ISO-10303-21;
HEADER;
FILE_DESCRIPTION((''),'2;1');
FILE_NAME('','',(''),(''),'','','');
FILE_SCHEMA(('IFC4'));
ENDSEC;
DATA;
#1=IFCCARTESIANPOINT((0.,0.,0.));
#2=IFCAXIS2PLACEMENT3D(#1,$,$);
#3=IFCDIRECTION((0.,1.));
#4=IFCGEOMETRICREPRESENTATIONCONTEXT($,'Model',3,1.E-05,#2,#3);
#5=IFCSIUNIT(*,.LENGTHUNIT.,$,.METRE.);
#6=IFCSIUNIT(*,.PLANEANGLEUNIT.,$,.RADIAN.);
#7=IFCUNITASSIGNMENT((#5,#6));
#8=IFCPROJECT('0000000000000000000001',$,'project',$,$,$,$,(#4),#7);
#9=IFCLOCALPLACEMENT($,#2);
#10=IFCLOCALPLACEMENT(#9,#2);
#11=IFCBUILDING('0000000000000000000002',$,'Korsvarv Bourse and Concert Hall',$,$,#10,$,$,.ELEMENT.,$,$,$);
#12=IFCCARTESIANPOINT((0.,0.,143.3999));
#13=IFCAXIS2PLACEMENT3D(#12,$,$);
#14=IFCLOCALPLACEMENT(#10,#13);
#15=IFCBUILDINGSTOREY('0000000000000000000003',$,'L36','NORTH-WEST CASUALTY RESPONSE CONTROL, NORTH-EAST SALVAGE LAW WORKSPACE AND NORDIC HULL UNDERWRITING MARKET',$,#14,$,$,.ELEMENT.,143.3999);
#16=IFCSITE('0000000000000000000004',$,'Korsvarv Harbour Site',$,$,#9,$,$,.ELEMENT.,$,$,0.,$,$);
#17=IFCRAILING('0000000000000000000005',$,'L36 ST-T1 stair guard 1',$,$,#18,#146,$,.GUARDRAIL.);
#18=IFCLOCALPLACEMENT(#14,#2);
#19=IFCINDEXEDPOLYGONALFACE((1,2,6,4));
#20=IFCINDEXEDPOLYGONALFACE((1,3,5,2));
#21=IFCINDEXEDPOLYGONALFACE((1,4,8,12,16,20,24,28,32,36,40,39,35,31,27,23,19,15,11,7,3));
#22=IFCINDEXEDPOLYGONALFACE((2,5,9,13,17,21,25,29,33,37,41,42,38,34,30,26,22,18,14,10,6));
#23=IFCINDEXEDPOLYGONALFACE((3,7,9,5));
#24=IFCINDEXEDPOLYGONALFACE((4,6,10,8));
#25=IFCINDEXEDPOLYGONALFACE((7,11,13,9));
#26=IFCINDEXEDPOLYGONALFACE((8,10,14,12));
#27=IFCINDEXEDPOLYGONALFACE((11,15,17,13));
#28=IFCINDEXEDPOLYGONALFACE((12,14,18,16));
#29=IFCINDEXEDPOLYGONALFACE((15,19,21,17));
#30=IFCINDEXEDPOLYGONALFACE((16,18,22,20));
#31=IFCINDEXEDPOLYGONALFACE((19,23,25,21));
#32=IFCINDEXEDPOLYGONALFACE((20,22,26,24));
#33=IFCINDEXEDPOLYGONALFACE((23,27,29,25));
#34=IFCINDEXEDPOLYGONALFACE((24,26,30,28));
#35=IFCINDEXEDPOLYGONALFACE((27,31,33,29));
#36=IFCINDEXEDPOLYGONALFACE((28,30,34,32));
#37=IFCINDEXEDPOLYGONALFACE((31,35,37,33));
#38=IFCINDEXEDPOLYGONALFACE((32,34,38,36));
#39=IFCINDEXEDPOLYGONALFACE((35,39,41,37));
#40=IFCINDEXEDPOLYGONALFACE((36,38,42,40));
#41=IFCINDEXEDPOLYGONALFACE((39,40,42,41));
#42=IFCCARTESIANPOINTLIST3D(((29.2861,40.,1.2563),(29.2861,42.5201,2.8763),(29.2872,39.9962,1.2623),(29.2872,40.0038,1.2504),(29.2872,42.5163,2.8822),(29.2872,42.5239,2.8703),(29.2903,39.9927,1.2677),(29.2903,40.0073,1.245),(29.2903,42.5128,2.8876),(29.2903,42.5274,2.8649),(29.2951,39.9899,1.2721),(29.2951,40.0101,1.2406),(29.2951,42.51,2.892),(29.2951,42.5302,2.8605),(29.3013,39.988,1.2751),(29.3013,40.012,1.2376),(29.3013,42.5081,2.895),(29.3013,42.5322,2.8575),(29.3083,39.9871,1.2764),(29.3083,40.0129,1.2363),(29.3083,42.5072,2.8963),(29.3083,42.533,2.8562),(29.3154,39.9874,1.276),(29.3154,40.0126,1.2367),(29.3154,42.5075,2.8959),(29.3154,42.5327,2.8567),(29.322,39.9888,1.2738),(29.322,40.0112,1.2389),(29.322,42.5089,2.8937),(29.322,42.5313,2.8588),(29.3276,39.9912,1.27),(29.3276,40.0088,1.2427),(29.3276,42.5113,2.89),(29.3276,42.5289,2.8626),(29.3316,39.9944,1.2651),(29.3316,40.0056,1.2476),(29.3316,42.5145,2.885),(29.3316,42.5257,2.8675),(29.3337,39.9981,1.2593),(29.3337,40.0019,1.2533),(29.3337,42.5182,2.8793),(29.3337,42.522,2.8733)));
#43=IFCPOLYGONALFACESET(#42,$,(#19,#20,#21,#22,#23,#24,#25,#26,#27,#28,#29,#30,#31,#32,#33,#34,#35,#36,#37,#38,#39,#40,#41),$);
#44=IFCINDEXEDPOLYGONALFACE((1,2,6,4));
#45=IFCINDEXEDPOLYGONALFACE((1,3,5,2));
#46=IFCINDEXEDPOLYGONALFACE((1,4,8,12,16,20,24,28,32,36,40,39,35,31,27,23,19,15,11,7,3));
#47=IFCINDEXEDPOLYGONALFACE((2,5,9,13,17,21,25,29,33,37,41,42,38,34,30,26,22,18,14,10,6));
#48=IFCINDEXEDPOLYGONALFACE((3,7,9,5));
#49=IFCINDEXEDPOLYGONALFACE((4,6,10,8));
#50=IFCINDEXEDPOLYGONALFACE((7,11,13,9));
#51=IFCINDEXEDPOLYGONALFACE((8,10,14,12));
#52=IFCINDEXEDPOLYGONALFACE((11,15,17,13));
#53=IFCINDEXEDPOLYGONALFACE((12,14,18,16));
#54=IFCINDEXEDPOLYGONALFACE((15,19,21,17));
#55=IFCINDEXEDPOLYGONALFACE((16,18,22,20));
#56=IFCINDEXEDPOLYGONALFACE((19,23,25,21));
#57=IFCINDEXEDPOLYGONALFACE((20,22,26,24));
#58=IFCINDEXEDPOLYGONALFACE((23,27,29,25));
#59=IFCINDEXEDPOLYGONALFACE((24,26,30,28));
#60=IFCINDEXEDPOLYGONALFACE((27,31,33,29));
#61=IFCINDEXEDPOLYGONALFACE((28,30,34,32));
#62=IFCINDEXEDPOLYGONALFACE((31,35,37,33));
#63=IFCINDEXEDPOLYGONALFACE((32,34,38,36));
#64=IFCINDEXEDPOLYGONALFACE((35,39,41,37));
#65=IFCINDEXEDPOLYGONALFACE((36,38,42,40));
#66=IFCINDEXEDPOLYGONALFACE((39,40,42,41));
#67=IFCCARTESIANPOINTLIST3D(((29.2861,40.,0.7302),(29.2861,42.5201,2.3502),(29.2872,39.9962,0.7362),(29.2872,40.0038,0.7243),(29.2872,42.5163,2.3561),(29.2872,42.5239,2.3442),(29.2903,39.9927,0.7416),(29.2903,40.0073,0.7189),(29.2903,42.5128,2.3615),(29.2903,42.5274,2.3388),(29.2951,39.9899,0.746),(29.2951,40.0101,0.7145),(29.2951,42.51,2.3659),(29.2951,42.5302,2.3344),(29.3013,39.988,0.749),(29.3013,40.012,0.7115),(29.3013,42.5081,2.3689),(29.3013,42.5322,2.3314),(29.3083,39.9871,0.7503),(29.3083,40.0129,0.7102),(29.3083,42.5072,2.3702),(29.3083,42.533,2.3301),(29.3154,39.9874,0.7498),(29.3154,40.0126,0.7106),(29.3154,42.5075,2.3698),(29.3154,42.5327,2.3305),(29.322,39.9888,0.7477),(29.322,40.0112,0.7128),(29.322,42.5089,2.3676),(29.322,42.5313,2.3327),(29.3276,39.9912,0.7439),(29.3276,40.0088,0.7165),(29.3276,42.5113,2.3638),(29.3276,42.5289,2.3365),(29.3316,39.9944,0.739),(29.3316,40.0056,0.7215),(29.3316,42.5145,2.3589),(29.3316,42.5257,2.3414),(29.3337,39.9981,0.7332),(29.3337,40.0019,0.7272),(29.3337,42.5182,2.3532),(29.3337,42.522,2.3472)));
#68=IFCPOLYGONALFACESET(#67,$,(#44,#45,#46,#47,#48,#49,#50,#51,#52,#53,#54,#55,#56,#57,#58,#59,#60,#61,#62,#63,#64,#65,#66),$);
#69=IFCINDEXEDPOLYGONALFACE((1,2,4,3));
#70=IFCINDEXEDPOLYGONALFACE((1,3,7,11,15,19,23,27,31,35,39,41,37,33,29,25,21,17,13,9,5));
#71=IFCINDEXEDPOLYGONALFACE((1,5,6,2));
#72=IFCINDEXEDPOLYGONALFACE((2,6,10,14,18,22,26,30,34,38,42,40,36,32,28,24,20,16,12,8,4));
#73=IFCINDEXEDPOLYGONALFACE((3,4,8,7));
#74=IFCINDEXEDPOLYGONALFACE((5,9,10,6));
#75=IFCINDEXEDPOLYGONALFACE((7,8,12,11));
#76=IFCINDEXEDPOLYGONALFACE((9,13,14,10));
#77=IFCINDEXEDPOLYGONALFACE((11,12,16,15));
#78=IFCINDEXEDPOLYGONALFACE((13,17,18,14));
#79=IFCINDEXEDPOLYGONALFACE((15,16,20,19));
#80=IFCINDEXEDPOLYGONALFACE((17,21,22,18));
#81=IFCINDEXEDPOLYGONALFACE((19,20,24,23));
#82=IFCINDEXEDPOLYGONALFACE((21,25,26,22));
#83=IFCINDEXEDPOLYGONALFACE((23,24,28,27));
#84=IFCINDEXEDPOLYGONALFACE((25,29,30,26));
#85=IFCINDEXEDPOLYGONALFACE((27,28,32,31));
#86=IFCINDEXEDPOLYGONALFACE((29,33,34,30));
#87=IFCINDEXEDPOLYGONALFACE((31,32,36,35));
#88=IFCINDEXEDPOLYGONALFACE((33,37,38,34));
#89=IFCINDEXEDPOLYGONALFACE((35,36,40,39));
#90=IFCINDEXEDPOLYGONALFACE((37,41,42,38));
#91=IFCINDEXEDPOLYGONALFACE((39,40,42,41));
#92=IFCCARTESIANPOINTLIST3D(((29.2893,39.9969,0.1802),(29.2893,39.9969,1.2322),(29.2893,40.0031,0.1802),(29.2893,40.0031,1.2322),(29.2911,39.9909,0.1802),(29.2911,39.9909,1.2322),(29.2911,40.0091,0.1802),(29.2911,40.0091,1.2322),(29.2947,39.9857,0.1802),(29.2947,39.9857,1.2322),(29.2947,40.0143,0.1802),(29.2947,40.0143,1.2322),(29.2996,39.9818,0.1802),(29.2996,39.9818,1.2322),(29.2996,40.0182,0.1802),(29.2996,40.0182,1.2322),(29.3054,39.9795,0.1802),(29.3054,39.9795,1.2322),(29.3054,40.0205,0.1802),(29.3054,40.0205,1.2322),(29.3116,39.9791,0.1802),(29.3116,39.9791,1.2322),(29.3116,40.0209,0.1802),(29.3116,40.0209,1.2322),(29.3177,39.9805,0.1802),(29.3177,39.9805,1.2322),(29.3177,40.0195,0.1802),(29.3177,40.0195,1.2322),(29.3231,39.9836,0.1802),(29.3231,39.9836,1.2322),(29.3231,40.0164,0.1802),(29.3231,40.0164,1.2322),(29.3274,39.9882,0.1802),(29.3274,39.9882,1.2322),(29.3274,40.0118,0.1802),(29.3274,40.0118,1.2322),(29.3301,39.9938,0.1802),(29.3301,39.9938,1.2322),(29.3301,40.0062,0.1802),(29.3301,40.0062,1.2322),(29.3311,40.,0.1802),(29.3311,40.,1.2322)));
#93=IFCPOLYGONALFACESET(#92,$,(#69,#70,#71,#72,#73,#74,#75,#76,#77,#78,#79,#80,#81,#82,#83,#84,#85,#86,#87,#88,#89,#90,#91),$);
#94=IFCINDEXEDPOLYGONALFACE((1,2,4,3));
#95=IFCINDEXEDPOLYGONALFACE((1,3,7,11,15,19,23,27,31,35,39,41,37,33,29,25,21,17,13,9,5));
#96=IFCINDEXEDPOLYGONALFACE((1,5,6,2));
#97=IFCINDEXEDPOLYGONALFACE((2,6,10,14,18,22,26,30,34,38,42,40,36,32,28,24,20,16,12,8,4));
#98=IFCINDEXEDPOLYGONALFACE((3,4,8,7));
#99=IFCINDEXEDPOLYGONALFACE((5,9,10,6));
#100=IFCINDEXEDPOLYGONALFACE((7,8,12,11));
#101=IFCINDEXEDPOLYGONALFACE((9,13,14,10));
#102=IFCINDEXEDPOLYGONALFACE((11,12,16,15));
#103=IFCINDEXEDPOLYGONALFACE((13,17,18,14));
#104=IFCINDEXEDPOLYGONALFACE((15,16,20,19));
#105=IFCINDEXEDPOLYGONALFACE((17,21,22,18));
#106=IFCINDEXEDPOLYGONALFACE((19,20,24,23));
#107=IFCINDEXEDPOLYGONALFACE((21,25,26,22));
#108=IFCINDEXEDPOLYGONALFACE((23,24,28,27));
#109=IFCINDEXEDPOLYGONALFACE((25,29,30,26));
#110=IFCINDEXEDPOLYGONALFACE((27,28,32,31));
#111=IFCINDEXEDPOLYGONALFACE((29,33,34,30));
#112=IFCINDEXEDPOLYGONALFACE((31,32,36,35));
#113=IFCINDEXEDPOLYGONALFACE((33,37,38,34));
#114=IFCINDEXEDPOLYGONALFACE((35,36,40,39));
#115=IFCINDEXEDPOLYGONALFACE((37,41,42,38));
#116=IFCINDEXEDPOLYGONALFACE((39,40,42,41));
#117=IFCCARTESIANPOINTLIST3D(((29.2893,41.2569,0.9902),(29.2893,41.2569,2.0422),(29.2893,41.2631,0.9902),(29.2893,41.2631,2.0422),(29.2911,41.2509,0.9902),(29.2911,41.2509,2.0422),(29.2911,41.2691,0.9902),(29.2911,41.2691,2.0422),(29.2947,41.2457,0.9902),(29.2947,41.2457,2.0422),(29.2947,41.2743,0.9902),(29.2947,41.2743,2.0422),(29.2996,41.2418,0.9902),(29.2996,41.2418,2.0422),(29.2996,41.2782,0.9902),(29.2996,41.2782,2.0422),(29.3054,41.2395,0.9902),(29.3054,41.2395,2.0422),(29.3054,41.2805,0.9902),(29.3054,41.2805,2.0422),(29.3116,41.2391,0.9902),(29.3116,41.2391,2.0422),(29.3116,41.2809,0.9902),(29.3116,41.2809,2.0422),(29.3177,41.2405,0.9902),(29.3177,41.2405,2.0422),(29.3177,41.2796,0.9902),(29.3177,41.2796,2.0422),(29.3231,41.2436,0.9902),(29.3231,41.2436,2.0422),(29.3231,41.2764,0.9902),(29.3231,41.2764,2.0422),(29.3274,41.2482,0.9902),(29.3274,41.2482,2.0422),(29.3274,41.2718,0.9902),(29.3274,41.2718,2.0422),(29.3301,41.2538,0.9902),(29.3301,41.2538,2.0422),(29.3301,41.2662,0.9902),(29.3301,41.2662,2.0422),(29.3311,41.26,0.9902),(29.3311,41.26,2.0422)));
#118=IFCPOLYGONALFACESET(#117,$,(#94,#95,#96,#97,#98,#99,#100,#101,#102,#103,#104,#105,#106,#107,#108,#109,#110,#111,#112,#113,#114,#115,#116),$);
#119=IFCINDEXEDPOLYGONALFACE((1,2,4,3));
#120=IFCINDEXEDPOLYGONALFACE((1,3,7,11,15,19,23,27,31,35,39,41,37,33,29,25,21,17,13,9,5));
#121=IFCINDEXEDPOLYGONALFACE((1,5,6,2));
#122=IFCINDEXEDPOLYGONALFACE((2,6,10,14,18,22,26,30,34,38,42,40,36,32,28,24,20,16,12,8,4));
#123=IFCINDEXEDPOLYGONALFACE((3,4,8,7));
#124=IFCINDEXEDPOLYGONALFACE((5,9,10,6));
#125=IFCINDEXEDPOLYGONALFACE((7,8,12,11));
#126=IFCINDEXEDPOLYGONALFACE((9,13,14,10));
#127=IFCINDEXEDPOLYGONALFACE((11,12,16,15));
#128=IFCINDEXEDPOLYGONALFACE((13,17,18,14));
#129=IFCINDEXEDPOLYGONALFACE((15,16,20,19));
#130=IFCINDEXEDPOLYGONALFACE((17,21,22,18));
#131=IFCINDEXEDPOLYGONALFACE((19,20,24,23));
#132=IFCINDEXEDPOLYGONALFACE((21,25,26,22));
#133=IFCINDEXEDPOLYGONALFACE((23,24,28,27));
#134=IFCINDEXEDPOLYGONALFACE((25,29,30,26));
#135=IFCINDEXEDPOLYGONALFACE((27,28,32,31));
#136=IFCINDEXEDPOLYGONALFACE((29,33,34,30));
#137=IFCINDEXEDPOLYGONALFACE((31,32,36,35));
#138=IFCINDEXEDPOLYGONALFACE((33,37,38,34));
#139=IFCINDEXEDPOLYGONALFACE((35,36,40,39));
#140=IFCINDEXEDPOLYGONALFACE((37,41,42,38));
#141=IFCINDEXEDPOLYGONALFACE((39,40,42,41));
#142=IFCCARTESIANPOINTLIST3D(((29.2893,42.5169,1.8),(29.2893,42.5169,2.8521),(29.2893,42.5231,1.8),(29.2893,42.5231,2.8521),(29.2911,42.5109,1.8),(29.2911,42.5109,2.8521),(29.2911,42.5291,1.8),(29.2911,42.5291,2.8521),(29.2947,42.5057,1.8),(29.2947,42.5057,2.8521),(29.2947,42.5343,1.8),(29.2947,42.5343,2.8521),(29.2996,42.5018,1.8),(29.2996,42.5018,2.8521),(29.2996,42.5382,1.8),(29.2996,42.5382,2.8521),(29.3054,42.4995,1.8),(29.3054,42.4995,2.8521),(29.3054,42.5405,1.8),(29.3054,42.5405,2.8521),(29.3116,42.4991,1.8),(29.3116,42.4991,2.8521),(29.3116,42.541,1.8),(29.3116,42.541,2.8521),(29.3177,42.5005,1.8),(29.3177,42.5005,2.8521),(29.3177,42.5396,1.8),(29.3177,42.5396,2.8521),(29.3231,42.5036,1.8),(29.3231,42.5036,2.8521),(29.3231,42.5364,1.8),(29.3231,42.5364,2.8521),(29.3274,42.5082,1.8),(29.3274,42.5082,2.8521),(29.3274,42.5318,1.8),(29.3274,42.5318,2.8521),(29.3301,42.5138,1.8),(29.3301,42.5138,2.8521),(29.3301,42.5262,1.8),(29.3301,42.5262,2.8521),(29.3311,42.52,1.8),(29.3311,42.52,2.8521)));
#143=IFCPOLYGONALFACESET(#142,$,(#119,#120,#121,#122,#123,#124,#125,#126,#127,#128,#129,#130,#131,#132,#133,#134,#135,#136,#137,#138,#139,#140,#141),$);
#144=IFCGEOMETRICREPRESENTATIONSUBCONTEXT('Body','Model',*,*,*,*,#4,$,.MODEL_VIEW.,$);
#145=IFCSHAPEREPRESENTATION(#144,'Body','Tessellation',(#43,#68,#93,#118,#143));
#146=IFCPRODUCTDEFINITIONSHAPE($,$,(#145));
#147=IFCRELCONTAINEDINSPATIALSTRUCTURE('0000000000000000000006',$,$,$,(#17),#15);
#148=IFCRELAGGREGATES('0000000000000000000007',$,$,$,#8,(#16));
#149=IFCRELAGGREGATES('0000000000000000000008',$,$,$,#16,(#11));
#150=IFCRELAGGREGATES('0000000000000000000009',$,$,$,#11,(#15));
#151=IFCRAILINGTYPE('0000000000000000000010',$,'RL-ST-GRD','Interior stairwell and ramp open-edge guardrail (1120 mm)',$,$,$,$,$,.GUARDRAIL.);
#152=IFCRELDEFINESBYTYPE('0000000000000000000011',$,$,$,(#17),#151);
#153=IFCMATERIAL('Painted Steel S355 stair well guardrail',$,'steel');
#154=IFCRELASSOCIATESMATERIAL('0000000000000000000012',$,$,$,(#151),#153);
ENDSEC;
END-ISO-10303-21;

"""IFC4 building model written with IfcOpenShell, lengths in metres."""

from ifc_helpers import new_model, si_unit, direction, frame, origin, origin_2d, place, context, subcontext, project, spatial, circle, extrude, material, type_object, element, save


model = new_model("IFC4")

# Units and contexts
model_context = context("Model", 3, precision=1e-05, world=origin(), true_north=direction((0.0, 1.0)))
body_context = subcontext(model_context, "Body", "Model", "MODEL_VIEW")
ifc_project = project(units=[si_unit("LENGTHUNIT", "METRE"), si_unit("PLANEANGLEUNIT", "RADIAN")], contexts=[model_context])

# Site, building, storey
site_placement = place(None, origin())
site = spatial("IfcSite", under=ifc_project, at=site_placement, Name="Korsvarv Harbour Site", CompositionType="ELEMENT", RefElevation=0.0)
building_placement = place(site_placement, origin())
building = spatial("IfcBuilding", under=site, at=building_placement, Name="Korsvarv Bourse and Concert Hall", CompositionType="ELEMENT")
storey_placement = place(building_placement, frame((0.0, 0.0, 143.3999)))
storey = spatial("IfcBuildingStorey", under=building, at=storey_placement, Name="L36", Description="NORTH-WEST CASUALTY RESPONSE CONTROL, NORTH-EAST SALVAGE LAW WORKSPACE AND NORDIC HULL UNDERWRITING MARKET", CompositionType="ELEMENT", Elevation=143.3999)

# Railing
ifc_material_1 = material(Name="Painted Steel S355 stair well guardrail", Category="steel")
railing_type_1 = type_object("IfcRailingType", Name="RL-ST-GRD", Description="Interior stairwell and ramp open-edge guardrail (1120 mm)", PredefinedType="GUARDRAIL", material=ifc_material_1)
railing_1_placement = place(storey_placement, frame((29.3101, 40.0, 0.1802)))
element("IfcRailing", 1, at=railing_1_placement, inside=storey, type_object=railing_type_1, Name="L36 ST-T1 stair guard 1", PredefinedType="GUARDRAIL", context=body_context, shape_type="SweptSolid", body=[
    extrude(circle(Radius=0.0239, at=origin_2d()), frame((0.0, 0.0, 1.0762), z_axis=(0.0, 0.8412, 0.540725), x_axis=(-1.0, 0.0, 0.0)), (0.0, 0.0, 1.0), 2.9958),
    extrude(circle(Radius=0.0239, at=origin_2d()), frame((0.0, 0.0, 0.55), z_axis=(0.0, 0.8412, 0.540725), x_axis=(-1.0, 0.0, 0.0)), (0.0, 0.0, 1.0), 2.9958),
    extrude(circle(Radius=0.021, at=origin_2d()), origin(), (0.0, 0.0, 1.0), 1.052),
    extrude(circle(Radius=0.021, at=origin_2d()), frame((0.0, 1.26, 0.8101)), (0.0, 0.0, 1.0), 1.052),
    extrude(circle(Radius=0.021, at=origin_2d()), frame((0.0, 2.52, 1.6199)), (0.0, 0.0, 1.0), 1.052),
])

save(model, "model.ifc")
